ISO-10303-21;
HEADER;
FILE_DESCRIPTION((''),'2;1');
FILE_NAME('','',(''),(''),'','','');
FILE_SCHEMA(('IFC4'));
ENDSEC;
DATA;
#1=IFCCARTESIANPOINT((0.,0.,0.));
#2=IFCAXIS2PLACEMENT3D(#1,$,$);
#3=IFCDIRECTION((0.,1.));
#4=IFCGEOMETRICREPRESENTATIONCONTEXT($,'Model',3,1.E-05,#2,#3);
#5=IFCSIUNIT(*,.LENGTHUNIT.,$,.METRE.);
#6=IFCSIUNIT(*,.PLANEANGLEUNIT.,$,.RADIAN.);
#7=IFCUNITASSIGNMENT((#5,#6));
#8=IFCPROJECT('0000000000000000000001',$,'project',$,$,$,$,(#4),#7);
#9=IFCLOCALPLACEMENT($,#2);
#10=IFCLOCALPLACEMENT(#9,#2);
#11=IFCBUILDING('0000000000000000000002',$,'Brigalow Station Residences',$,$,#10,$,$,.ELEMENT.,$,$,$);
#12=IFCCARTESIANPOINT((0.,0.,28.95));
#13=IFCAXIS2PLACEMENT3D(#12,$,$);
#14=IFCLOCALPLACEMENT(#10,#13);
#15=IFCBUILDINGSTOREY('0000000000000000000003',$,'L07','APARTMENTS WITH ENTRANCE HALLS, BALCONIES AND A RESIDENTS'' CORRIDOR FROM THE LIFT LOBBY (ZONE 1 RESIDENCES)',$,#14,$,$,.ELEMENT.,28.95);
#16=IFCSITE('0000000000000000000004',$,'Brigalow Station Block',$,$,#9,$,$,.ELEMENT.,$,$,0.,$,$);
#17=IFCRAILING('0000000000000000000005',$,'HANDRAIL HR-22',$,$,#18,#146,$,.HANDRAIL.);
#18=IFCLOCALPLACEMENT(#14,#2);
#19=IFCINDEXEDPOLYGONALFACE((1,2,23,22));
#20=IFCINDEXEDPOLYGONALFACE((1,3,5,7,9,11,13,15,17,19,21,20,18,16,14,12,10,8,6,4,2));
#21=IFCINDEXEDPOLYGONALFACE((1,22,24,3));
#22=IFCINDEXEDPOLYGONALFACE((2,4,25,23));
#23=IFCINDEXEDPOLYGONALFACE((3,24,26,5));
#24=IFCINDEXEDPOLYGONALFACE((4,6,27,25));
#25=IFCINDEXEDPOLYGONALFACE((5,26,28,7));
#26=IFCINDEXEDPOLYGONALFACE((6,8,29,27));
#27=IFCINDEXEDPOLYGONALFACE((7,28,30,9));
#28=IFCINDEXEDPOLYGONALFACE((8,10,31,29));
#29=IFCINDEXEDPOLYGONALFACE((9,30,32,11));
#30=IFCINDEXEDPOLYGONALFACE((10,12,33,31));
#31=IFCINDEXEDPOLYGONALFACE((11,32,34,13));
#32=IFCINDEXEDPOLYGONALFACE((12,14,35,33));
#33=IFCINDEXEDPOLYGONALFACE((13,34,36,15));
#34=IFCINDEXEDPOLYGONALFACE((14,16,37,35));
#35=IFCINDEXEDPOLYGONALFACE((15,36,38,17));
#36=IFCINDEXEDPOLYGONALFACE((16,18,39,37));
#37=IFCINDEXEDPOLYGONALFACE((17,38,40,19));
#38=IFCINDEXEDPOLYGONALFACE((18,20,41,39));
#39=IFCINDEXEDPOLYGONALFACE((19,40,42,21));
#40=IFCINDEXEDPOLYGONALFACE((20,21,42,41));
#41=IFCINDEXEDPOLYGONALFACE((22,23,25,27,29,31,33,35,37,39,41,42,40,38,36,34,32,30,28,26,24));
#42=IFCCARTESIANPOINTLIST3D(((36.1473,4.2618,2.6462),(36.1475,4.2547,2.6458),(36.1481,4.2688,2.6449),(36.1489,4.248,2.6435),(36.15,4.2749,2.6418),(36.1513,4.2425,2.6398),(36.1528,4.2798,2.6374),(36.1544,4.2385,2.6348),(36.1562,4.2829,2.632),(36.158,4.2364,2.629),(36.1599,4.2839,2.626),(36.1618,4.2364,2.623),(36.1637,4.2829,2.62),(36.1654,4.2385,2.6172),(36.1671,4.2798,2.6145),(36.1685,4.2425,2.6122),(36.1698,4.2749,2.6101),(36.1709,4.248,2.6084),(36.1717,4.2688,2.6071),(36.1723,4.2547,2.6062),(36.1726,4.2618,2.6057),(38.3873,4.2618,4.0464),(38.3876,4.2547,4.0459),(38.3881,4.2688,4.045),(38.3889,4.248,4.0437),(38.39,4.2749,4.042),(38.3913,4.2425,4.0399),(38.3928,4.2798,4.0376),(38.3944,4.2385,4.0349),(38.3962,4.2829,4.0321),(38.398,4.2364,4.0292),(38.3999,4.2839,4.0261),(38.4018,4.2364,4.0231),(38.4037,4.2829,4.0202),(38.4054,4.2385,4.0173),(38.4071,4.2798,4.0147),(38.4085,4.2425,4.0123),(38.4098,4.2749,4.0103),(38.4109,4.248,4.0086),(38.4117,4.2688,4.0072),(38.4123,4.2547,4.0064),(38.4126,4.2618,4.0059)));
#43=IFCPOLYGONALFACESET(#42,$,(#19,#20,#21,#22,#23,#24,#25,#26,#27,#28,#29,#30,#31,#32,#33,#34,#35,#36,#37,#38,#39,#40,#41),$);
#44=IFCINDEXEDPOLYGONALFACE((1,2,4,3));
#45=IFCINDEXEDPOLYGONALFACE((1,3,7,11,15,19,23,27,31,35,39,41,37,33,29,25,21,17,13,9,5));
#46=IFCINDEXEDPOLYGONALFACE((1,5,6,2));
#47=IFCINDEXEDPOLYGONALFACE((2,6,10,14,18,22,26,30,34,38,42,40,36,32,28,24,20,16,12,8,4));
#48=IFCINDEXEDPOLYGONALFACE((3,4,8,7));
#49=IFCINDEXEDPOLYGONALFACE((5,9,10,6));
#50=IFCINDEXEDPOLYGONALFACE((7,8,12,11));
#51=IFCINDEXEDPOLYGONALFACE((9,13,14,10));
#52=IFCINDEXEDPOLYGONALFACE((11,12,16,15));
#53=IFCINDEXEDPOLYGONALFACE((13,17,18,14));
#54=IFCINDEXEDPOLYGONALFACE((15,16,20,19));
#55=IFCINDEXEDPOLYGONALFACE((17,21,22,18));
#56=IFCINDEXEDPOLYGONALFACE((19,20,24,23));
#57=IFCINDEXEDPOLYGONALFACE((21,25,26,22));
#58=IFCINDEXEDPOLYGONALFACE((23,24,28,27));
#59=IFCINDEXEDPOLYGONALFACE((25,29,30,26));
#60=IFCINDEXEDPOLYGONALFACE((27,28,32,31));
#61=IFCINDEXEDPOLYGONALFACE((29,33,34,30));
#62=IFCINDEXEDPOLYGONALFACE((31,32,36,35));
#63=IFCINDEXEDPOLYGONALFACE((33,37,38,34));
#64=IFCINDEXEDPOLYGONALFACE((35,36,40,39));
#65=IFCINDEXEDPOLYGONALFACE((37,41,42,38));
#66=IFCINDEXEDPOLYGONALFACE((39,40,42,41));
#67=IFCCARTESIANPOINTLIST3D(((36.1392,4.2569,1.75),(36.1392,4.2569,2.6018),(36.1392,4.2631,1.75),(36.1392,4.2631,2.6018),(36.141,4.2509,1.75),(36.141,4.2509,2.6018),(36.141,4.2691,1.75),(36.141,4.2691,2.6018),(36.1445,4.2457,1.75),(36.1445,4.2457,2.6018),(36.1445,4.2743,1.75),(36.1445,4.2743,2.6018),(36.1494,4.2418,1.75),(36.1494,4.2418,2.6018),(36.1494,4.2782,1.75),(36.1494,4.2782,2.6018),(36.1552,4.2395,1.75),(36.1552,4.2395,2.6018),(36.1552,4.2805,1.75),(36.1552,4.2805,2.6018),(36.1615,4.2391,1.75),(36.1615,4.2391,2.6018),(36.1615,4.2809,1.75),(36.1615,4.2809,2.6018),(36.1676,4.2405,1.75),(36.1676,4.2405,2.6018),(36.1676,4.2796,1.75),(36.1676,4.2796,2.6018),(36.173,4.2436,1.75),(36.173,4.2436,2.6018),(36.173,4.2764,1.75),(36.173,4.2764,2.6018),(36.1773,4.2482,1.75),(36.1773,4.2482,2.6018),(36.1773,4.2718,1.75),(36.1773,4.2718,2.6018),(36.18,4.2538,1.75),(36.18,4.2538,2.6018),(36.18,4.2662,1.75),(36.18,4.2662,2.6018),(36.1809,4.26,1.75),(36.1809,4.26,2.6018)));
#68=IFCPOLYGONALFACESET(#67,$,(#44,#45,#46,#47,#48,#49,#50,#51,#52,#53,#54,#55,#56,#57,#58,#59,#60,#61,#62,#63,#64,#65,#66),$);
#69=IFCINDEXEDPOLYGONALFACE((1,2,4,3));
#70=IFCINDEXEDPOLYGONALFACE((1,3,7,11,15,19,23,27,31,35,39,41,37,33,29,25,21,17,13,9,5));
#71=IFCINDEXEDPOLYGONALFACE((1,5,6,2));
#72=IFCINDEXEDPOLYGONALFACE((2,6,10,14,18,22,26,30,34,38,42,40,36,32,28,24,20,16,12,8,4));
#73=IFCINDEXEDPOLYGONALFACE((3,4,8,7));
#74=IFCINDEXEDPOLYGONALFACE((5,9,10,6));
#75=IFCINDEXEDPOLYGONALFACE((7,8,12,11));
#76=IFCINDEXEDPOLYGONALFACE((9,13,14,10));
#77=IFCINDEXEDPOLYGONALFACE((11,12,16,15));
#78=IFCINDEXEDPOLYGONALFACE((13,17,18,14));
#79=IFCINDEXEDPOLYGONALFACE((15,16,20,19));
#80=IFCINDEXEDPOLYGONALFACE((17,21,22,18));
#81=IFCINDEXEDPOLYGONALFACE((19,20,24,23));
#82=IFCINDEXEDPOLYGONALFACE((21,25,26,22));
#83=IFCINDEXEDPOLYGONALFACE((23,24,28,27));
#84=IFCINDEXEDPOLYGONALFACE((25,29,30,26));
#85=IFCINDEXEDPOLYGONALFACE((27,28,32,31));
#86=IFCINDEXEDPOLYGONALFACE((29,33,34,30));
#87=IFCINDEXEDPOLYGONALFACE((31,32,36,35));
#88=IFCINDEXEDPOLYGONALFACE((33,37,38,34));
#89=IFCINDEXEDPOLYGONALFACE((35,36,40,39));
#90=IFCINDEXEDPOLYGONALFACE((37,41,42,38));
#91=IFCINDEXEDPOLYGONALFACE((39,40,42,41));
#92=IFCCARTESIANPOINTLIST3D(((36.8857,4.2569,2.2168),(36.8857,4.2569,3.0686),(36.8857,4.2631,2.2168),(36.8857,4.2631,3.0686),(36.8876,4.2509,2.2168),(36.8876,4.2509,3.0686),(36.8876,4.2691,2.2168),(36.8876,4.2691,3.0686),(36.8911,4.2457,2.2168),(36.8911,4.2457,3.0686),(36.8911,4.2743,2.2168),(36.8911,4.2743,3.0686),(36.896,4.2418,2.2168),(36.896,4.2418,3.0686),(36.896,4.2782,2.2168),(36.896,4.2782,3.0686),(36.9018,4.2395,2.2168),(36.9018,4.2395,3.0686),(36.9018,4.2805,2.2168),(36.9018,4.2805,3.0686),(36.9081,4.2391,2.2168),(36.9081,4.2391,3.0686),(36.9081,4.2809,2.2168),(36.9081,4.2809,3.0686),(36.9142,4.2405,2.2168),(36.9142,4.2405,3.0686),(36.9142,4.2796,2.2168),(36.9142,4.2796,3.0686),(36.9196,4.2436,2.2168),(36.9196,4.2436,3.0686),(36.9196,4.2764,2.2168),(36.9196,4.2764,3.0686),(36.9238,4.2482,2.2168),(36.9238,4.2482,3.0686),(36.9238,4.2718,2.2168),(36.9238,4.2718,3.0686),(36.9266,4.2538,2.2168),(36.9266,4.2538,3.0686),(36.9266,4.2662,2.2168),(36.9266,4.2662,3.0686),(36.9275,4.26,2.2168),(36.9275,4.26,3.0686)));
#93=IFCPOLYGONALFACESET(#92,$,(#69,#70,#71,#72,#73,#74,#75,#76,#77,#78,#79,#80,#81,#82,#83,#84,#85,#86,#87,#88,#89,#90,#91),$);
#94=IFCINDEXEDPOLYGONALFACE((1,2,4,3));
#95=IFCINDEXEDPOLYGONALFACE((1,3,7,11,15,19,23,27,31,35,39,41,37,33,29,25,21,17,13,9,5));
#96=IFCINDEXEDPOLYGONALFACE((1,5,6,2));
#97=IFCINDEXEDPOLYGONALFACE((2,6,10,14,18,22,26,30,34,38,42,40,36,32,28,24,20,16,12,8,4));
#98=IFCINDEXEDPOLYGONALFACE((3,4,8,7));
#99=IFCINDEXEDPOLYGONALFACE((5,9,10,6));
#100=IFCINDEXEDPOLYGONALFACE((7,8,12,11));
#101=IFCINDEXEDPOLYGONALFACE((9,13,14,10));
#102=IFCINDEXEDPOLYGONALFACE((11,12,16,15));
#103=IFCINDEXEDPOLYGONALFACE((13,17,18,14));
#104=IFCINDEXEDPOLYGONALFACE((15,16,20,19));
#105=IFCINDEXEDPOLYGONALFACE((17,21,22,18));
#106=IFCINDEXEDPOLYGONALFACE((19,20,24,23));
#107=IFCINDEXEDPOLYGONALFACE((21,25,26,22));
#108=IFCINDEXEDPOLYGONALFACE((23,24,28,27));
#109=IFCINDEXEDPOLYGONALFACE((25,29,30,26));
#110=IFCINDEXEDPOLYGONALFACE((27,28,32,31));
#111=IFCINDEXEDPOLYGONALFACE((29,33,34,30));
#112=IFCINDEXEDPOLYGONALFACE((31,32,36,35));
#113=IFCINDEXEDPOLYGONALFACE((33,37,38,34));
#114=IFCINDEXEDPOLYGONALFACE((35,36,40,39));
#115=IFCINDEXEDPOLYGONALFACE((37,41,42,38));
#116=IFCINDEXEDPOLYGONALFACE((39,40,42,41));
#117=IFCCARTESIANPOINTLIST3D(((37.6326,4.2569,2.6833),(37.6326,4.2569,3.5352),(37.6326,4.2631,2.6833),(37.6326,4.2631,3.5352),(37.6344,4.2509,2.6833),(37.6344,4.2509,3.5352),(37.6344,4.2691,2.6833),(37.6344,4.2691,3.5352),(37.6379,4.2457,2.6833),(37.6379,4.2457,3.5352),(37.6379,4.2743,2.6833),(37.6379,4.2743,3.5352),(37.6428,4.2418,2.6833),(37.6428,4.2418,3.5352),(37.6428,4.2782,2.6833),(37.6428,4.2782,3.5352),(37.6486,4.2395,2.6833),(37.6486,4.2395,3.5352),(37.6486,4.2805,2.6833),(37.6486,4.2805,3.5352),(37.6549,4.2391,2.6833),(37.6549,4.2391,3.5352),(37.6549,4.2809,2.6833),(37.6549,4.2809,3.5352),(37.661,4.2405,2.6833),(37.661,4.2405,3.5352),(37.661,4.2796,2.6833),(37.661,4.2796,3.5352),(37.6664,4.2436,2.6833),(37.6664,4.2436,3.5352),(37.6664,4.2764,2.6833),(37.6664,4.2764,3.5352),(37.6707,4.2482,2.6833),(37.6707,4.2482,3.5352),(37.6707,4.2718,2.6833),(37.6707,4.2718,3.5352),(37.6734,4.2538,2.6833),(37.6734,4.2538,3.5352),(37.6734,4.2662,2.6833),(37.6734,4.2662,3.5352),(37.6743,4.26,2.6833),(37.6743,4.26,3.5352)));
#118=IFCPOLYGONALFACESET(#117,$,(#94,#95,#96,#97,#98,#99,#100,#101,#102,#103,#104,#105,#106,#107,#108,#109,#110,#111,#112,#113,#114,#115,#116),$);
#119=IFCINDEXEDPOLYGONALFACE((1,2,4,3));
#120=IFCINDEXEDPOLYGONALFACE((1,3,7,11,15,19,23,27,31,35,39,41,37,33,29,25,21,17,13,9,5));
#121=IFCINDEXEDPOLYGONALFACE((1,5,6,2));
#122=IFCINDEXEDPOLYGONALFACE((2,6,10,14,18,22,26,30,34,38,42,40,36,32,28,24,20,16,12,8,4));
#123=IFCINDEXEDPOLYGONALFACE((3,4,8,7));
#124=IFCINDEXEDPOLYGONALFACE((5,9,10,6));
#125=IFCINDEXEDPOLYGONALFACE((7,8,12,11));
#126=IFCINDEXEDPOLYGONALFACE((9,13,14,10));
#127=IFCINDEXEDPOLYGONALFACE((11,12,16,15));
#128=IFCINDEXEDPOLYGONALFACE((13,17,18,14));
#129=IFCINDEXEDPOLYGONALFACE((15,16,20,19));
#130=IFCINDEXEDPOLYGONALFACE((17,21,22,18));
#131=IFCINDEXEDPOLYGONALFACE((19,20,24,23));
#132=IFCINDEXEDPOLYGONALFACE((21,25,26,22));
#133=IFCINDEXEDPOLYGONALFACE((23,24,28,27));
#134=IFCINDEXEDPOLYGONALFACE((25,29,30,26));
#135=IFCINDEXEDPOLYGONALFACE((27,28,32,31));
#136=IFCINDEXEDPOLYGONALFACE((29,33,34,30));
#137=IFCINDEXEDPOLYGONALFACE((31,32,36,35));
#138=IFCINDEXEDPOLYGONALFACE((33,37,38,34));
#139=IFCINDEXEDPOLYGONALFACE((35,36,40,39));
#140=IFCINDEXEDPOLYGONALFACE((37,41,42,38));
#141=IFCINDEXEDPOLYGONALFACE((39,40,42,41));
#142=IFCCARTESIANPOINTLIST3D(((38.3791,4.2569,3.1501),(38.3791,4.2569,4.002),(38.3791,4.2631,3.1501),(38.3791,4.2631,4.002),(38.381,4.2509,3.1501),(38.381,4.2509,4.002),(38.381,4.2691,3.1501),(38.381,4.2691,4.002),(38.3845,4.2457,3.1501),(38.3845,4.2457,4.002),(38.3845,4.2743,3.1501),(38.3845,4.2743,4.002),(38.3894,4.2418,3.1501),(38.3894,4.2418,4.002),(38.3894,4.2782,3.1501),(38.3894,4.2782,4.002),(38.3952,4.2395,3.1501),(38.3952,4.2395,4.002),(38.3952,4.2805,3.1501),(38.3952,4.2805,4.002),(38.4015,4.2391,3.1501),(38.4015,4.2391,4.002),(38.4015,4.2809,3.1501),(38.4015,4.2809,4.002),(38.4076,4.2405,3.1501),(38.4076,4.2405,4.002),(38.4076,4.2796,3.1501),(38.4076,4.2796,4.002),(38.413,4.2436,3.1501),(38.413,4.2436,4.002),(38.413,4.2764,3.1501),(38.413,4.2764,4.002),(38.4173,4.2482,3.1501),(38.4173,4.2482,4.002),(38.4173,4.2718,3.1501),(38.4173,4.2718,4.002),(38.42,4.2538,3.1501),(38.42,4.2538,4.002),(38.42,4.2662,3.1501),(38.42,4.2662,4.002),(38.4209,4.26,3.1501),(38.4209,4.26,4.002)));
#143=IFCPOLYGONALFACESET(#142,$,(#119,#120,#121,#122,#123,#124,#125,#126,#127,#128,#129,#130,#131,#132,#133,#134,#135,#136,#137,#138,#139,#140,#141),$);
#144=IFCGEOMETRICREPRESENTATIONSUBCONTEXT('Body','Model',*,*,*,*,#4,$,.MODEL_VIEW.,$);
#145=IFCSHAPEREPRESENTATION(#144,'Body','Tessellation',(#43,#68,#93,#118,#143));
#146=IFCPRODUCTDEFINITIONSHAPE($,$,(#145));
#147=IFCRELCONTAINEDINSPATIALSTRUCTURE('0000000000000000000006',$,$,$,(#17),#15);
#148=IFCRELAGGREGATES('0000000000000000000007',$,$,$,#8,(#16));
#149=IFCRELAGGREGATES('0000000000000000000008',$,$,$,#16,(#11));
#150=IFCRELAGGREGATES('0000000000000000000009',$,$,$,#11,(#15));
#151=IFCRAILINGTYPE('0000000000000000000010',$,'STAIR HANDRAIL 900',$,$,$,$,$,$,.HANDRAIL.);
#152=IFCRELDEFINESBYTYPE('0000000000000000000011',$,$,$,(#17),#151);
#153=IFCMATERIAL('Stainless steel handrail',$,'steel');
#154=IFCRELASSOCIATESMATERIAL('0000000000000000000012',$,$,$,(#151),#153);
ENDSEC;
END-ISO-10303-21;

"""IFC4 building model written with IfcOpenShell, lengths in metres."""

from ifc_helpers import new_model, si_unit, direction, frame, origin, origin_2d, place, context, subcontext, project, spatial, circle, extrude, material, type_object, element, save


model = new_model("IFC4")

# Units and contexts
model_context = context("Model", 3, precision=1e-05, world=origin(), true_north=direction((0.0, 1.0)))
body_context = subcontext(model_context, "Body", "Model", "MODEL_VIEW")
ifc_project = project(units=[si_unit("LENGTHUNIT", "METRE"), si_unit("PLANEANGLEUNIT", "RADIAN")], contexts=[model_context])

# Site, building, storey
site_placement = place(None, origin())
site = spatial("IfcSite", under=ifc_project, at=site_placement, Name="Brigalow Station Block", CompositionType="ELEMENT", RefElevation=0.0)
building_placement = place(site_placement, origin())
building = spatial("IfcBuilding", under=site, at=building_placement, Name="Brigalow Station Residences", CompositionType="ELEMENT")
storey_placement = place(building_placement, frame((0.0, 0.0, 28.95)))
storey = spatial("IfcBuildingStorey", under=building, at=storey_placement, Name="L07", Description="APARTMENTS WITH ENTRANCE HALLS, BALCONIES AND A RESIDENTS' CORRIDOR FROM THE LIFT LOBBY (ZONE 1 RESIDENCES)", CompositionType="ELEMENT", Elevation=28.95)

# Railing
ifc_material_1 = material(Name="Stainless steel handrail", Category="steel")
railing_type_1 = type_object("IfcRailingType", Name="STAIR HANDRAIL 900", PredefinedType="HANDRAIL", material=ifc_material_1)
railing_1_placement = place(storey_placement, frame((36.1599, 4.26, 1.75)))
element("IfcRailing", 1, at=railing_1_placement, inside=storey, type_object=railing_type_1, Name="HANDRAIL HR-22", PredefinedType="HANDRAIL", context=body_context, shape_type="SweptSolid", body=[
    extrude(circle(Radius=0.0239, at=origin_2d()), frame((0.0, 0.0, 0.876), z_axis=(0.847972, 0.0, 0.53004), x_axis=(0.0, 1.0, 0.0)), (0.0, 0.0, 1.0), 2.6416),
    extrude(circle(Radius=0.021, at=origin_2d()), origin(), (0.0, 0.0, 1.0), 0.8518),
    extrude(circle(Radius=0.021, at=origin_2d()), frame((0.7466, 0.0, 0.4668)), (0.0, 0.0, 1.0), 0.8518),
    extrude(circle(Radius=0.021, at=origin_2d()), frame((1.4934, 0.0, 0.9333)), (0.0, 0.0, 1.0), 0.8518),
    extrude(circle(Radius=0.021, at=origin_2d()), frame((2.24, 0.0, 1.4001)), (0.0, 0.0, 1.0), 0.8518),
])

save(model, "model.ifc")
